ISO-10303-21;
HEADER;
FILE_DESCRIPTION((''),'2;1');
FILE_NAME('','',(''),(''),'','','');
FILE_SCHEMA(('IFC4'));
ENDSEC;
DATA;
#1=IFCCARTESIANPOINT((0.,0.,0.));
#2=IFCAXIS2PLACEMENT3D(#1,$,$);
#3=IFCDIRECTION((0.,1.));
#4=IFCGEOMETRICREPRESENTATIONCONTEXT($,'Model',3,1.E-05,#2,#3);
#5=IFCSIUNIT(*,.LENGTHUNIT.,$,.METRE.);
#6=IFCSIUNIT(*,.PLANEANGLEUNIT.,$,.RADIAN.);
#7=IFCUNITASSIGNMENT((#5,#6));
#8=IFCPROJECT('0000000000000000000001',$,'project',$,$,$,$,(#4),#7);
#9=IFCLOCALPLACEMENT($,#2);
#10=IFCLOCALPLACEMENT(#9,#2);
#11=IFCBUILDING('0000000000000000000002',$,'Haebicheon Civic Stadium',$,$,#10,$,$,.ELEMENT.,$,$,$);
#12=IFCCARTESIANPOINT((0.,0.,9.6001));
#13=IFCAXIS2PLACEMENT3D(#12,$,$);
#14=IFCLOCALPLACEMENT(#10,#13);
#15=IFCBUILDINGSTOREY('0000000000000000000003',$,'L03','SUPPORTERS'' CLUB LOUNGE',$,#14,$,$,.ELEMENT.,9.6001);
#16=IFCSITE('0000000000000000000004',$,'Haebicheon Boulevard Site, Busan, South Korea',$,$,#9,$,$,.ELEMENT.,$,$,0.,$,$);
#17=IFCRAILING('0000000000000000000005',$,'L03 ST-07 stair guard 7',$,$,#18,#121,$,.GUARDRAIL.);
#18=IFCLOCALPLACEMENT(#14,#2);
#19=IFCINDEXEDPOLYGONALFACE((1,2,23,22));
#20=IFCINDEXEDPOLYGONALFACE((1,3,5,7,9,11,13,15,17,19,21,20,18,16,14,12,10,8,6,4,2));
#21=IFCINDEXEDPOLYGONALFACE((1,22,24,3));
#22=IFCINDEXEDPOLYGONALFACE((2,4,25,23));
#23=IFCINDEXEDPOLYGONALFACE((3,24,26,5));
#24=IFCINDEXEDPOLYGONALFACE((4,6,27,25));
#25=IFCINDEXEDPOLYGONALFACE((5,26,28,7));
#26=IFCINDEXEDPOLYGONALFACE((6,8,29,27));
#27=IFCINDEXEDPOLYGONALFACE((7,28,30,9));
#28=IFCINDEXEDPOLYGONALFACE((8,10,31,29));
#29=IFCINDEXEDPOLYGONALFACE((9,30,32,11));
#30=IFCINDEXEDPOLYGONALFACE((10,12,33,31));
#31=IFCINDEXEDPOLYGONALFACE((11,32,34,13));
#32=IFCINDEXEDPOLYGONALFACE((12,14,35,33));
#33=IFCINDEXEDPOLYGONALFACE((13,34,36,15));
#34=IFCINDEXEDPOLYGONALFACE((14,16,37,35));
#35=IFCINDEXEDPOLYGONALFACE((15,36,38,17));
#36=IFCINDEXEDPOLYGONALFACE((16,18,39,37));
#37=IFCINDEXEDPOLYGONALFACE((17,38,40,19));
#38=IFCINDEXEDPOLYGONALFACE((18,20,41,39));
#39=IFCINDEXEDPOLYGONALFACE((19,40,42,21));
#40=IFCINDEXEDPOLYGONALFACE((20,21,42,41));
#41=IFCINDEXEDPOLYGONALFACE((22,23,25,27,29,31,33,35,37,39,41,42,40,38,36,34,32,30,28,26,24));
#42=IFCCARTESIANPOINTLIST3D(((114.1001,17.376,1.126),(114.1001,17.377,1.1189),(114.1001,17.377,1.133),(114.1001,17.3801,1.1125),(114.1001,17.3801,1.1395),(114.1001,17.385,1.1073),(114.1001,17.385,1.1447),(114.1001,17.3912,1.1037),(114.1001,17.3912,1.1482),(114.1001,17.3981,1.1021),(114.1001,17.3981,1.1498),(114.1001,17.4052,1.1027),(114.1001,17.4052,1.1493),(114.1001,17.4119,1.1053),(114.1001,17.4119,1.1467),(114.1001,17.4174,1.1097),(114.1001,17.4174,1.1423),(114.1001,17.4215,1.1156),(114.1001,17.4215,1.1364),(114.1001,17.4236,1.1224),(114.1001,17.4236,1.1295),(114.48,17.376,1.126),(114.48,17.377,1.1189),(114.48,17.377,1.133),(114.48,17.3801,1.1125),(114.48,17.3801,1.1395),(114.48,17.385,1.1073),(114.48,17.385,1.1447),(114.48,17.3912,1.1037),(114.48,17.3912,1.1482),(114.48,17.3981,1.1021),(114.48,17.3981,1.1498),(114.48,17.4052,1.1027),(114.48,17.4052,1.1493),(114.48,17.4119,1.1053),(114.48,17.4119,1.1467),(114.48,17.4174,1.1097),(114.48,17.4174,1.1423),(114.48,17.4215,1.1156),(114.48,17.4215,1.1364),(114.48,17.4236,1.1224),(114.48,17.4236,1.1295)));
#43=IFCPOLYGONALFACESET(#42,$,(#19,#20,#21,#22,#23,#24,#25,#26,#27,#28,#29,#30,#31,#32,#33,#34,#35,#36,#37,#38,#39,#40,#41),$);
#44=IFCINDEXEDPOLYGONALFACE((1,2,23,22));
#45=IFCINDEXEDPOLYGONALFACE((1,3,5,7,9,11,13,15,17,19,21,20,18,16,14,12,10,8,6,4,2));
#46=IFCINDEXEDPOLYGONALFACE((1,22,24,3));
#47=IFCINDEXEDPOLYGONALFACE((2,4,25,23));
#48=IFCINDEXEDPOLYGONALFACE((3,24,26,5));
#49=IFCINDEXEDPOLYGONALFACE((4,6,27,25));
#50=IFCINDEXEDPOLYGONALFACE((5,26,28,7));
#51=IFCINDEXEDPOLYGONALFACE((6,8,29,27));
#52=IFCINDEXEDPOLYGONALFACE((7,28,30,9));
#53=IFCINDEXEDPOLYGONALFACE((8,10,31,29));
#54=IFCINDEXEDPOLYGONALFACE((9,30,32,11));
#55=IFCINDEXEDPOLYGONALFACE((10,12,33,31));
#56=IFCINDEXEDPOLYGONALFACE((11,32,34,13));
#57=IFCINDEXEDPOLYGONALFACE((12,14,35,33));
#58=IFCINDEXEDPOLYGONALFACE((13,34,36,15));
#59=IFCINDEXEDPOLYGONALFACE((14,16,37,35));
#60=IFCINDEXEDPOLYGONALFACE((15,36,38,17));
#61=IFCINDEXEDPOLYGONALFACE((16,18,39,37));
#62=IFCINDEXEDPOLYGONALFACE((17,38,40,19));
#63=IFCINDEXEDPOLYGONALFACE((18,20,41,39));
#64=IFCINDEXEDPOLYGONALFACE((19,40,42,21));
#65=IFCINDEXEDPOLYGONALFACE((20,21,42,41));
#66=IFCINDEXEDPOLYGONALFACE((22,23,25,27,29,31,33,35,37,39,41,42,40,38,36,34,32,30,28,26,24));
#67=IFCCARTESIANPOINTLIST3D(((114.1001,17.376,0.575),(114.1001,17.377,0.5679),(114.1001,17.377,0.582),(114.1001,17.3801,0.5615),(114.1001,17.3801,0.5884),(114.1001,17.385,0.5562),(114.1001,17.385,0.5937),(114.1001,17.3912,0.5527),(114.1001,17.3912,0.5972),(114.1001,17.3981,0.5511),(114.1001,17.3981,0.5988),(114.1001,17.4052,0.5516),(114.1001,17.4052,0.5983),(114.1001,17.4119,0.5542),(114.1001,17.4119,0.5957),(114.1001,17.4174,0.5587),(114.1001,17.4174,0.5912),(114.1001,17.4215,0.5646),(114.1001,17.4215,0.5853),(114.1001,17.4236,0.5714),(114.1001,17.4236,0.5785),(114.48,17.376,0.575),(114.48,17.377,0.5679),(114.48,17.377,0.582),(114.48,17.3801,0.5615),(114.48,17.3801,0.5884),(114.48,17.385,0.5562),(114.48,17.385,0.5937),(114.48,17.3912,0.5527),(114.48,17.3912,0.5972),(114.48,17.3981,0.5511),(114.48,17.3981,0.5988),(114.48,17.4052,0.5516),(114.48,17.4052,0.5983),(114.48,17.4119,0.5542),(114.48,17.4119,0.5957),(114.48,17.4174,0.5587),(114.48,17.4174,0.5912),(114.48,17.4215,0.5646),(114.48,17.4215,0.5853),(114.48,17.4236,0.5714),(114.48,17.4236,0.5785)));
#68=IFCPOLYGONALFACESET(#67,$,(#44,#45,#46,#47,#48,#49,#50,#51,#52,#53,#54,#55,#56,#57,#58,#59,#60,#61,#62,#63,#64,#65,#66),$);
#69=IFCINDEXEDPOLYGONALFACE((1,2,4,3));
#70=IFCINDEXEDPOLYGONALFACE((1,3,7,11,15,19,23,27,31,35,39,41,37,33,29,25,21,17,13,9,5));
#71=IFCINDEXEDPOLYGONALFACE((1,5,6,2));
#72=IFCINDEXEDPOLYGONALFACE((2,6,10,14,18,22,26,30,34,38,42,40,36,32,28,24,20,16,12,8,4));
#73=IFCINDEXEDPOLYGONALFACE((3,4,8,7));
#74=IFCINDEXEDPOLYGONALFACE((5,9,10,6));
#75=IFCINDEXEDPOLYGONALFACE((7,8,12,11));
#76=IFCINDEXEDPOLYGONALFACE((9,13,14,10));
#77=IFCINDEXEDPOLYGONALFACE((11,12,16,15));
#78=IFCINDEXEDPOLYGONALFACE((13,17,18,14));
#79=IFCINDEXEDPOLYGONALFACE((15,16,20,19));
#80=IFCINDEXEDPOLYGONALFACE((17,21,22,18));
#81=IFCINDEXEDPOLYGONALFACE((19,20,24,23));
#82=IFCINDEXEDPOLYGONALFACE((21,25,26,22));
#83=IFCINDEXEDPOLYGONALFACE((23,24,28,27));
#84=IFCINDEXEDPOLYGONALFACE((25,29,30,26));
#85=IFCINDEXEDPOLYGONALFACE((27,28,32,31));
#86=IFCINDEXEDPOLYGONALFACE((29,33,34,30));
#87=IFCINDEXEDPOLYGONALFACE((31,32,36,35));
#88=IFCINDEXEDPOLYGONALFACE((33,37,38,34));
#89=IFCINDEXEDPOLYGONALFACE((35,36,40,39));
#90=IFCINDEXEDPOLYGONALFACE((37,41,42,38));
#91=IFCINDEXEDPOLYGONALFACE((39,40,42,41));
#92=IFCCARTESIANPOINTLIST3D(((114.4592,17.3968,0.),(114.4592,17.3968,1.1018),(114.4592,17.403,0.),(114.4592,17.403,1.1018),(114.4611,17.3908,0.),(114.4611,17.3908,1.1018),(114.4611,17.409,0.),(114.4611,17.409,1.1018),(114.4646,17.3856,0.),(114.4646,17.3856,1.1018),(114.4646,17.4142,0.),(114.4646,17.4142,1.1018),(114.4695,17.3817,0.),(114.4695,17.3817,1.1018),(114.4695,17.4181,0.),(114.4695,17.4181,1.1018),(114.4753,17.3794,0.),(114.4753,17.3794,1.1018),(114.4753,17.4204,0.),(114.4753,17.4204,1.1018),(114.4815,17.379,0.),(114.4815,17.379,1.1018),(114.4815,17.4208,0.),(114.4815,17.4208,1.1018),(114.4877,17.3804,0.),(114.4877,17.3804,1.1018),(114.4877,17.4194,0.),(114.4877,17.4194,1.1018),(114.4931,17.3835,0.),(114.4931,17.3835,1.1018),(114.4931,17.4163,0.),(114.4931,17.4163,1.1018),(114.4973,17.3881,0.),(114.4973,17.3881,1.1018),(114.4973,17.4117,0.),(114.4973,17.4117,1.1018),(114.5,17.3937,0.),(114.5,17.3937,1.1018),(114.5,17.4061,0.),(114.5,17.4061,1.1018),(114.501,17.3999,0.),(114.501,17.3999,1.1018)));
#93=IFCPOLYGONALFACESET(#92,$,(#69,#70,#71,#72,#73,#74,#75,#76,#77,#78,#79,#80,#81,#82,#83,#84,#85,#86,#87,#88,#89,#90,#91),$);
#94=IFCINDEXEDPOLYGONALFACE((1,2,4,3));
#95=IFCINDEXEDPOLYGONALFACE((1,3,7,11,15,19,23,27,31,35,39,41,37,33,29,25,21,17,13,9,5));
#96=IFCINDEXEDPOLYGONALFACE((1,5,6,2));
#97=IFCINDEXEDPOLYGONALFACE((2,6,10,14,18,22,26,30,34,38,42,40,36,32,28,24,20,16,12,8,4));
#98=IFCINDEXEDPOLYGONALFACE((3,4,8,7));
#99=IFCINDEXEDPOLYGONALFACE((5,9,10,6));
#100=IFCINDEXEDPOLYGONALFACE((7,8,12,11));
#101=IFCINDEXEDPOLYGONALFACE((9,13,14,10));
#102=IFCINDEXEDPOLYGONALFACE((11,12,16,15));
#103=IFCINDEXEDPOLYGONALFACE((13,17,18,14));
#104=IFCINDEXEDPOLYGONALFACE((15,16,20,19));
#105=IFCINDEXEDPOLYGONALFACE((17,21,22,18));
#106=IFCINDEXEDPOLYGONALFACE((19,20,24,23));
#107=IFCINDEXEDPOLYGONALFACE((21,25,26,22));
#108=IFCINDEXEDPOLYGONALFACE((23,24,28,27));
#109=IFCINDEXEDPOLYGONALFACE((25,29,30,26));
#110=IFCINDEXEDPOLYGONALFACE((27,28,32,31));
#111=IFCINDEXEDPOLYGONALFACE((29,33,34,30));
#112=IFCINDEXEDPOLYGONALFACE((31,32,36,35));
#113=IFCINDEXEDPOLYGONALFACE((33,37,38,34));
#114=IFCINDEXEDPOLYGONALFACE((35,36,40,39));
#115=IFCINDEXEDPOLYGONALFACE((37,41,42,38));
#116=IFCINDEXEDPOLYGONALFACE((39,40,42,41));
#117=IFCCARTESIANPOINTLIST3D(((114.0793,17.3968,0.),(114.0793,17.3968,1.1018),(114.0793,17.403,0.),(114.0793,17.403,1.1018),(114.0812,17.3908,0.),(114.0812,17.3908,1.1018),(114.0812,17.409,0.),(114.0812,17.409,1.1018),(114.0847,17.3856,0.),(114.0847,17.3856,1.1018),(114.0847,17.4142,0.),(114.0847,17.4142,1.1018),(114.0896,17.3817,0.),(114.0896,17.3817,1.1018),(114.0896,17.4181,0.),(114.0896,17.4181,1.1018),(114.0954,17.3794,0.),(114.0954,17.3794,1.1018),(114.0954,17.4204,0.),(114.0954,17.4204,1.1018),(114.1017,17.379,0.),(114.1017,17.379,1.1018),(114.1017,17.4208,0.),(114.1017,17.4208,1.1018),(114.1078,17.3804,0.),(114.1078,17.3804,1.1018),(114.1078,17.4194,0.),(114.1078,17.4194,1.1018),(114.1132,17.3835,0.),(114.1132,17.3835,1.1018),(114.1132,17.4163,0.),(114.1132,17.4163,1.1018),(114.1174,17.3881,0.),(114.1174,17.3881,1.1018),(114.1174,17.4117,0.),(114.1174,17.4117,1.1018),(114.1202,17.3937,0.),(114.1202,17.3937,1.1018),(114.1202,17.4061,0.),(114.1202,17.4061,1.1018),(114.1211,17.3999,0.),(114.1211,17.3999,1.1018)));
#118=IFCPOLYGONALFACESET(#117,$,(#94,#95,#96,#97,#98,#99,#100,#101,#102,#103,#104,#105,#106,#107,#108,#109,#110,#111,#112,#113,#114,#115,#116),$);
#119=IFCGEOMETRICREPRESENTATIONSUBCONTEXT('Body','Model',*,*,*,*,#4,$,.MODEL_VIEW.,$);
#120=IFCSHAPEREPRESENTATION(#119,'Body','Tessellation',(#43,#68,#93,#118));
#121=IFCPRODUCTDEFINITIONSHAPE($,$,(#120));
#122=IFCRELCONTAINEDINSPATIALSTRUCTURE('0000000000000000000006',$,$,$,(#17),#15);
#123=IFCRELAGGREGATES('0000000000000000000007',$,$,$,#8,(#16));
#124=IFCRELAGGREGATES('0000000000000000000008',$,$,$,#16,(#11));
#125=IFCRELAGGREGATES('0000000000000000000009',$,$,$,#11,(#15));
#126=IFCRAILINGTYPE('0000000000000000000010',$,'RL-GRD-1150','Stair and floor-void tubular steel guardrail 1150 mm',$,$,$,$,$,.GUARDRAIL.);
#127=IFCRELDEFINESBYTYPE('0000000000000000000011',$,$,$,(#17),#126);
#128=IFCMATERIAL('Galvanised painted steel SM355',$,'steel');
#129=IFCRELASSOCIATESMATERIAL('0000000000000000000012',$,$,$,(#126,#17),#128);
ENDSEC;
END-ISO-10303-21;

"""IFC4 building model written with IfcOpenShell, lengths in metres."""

from ifc_helpers import new_model, si_unit, direction, frame, origin, origin_2d, place, context, subcontext, project, spatial, circle, extrude, material, type_object, element, save


model = new_model("IFC4")

# Units and contexts
model_context = context("Model", 3, precision=1e-05, world=origin(), true_north=direction((0.0, 1.0)))
body_context = subcontext(model_context, "Body", "Model", "MODEL_VIEW")
ifc_project = project(units=[si_unit("LENGTHUNIT", "METRE"), si_unit("PLANEANGLEUNIT", "RADIAN")], contexts=[model_context])

# Site, building, storey
site_placement = place(None, origin())
site = spatial("IfcSite", under=ifc_project, at=site_placement, Name="Haebicheon Boulevard Site, Busan, South Korea", CompositionType="ELEMENT", RefElevation=0.0)
building_placement = place(site_placement, origin())
building = spatial("IfcBuilding", under=site, at=building_placement, Name="Haebicheon Civic Stadium", CompositionType="ELEMENT")
storey_placement = place(building_placement, frame((0.0, 0.0, 9.6001)))
storey = spatial("IfcBuildingStorey", under=building, at=storey_placement, Name="L03", Description="SUPPORTERS' CLUB LOUNGE", CompositionType="ELEMENT", Elevation=9.6001)

# Railing
ifc_material_1 = material(Name="Galvanised painted steel SM355", Category="steel")
railing_type = type_object("IfcRailingType", Name="RL-GRD-1150", Description="Stair and floor-void tubular steel guardrail 1150 mm", PredefinedType="GUARDRAIL", material=ifc_material_1)
railing_1_placement = place(storey_placement, frame((114.48, 17.3999, 0.0)))
element("IfcRailing", 1, at=railing_1_placement, inside=storey, type_object=railing_type, material=ifc_material_1, Name="L03 ST-07 stair guard 7", PredefinedType="GUARDRAIL", context=body_context, shape_type="SweptSolid", body=[
    extrude(circle(Radius=0.0239, at=origin_2d()), frame((0.0, 0.0, 1.126), z_axis=(-1.0, 0.0, 0.0), x_axis=(0.0, -1.0, 0.0)), (0.0, 0.0, 1.0), 0.3799),
    extrude(circle(Radius=0.0239, at=origin_2d()), frame((0.0, 0.0, 0.575), z_axis=(-1.0, 0.0, 0.0), x_axis=(0.0, -1.0, 0.0)), (0.0, 0.0, 1.0), 0.3799),
    extrude(circle(Radius=0.021, at=origin_2d()), origin(), (0.0, 0.0, 1.0), 1.1018),
    extrude(circle(Radius=0.021, at=origin_2d()), frame((-0.3799, 0.0, 0.0)), (0.0, 0.0, 1.0), 1.1018),
])

save(model, "model.ifc")
